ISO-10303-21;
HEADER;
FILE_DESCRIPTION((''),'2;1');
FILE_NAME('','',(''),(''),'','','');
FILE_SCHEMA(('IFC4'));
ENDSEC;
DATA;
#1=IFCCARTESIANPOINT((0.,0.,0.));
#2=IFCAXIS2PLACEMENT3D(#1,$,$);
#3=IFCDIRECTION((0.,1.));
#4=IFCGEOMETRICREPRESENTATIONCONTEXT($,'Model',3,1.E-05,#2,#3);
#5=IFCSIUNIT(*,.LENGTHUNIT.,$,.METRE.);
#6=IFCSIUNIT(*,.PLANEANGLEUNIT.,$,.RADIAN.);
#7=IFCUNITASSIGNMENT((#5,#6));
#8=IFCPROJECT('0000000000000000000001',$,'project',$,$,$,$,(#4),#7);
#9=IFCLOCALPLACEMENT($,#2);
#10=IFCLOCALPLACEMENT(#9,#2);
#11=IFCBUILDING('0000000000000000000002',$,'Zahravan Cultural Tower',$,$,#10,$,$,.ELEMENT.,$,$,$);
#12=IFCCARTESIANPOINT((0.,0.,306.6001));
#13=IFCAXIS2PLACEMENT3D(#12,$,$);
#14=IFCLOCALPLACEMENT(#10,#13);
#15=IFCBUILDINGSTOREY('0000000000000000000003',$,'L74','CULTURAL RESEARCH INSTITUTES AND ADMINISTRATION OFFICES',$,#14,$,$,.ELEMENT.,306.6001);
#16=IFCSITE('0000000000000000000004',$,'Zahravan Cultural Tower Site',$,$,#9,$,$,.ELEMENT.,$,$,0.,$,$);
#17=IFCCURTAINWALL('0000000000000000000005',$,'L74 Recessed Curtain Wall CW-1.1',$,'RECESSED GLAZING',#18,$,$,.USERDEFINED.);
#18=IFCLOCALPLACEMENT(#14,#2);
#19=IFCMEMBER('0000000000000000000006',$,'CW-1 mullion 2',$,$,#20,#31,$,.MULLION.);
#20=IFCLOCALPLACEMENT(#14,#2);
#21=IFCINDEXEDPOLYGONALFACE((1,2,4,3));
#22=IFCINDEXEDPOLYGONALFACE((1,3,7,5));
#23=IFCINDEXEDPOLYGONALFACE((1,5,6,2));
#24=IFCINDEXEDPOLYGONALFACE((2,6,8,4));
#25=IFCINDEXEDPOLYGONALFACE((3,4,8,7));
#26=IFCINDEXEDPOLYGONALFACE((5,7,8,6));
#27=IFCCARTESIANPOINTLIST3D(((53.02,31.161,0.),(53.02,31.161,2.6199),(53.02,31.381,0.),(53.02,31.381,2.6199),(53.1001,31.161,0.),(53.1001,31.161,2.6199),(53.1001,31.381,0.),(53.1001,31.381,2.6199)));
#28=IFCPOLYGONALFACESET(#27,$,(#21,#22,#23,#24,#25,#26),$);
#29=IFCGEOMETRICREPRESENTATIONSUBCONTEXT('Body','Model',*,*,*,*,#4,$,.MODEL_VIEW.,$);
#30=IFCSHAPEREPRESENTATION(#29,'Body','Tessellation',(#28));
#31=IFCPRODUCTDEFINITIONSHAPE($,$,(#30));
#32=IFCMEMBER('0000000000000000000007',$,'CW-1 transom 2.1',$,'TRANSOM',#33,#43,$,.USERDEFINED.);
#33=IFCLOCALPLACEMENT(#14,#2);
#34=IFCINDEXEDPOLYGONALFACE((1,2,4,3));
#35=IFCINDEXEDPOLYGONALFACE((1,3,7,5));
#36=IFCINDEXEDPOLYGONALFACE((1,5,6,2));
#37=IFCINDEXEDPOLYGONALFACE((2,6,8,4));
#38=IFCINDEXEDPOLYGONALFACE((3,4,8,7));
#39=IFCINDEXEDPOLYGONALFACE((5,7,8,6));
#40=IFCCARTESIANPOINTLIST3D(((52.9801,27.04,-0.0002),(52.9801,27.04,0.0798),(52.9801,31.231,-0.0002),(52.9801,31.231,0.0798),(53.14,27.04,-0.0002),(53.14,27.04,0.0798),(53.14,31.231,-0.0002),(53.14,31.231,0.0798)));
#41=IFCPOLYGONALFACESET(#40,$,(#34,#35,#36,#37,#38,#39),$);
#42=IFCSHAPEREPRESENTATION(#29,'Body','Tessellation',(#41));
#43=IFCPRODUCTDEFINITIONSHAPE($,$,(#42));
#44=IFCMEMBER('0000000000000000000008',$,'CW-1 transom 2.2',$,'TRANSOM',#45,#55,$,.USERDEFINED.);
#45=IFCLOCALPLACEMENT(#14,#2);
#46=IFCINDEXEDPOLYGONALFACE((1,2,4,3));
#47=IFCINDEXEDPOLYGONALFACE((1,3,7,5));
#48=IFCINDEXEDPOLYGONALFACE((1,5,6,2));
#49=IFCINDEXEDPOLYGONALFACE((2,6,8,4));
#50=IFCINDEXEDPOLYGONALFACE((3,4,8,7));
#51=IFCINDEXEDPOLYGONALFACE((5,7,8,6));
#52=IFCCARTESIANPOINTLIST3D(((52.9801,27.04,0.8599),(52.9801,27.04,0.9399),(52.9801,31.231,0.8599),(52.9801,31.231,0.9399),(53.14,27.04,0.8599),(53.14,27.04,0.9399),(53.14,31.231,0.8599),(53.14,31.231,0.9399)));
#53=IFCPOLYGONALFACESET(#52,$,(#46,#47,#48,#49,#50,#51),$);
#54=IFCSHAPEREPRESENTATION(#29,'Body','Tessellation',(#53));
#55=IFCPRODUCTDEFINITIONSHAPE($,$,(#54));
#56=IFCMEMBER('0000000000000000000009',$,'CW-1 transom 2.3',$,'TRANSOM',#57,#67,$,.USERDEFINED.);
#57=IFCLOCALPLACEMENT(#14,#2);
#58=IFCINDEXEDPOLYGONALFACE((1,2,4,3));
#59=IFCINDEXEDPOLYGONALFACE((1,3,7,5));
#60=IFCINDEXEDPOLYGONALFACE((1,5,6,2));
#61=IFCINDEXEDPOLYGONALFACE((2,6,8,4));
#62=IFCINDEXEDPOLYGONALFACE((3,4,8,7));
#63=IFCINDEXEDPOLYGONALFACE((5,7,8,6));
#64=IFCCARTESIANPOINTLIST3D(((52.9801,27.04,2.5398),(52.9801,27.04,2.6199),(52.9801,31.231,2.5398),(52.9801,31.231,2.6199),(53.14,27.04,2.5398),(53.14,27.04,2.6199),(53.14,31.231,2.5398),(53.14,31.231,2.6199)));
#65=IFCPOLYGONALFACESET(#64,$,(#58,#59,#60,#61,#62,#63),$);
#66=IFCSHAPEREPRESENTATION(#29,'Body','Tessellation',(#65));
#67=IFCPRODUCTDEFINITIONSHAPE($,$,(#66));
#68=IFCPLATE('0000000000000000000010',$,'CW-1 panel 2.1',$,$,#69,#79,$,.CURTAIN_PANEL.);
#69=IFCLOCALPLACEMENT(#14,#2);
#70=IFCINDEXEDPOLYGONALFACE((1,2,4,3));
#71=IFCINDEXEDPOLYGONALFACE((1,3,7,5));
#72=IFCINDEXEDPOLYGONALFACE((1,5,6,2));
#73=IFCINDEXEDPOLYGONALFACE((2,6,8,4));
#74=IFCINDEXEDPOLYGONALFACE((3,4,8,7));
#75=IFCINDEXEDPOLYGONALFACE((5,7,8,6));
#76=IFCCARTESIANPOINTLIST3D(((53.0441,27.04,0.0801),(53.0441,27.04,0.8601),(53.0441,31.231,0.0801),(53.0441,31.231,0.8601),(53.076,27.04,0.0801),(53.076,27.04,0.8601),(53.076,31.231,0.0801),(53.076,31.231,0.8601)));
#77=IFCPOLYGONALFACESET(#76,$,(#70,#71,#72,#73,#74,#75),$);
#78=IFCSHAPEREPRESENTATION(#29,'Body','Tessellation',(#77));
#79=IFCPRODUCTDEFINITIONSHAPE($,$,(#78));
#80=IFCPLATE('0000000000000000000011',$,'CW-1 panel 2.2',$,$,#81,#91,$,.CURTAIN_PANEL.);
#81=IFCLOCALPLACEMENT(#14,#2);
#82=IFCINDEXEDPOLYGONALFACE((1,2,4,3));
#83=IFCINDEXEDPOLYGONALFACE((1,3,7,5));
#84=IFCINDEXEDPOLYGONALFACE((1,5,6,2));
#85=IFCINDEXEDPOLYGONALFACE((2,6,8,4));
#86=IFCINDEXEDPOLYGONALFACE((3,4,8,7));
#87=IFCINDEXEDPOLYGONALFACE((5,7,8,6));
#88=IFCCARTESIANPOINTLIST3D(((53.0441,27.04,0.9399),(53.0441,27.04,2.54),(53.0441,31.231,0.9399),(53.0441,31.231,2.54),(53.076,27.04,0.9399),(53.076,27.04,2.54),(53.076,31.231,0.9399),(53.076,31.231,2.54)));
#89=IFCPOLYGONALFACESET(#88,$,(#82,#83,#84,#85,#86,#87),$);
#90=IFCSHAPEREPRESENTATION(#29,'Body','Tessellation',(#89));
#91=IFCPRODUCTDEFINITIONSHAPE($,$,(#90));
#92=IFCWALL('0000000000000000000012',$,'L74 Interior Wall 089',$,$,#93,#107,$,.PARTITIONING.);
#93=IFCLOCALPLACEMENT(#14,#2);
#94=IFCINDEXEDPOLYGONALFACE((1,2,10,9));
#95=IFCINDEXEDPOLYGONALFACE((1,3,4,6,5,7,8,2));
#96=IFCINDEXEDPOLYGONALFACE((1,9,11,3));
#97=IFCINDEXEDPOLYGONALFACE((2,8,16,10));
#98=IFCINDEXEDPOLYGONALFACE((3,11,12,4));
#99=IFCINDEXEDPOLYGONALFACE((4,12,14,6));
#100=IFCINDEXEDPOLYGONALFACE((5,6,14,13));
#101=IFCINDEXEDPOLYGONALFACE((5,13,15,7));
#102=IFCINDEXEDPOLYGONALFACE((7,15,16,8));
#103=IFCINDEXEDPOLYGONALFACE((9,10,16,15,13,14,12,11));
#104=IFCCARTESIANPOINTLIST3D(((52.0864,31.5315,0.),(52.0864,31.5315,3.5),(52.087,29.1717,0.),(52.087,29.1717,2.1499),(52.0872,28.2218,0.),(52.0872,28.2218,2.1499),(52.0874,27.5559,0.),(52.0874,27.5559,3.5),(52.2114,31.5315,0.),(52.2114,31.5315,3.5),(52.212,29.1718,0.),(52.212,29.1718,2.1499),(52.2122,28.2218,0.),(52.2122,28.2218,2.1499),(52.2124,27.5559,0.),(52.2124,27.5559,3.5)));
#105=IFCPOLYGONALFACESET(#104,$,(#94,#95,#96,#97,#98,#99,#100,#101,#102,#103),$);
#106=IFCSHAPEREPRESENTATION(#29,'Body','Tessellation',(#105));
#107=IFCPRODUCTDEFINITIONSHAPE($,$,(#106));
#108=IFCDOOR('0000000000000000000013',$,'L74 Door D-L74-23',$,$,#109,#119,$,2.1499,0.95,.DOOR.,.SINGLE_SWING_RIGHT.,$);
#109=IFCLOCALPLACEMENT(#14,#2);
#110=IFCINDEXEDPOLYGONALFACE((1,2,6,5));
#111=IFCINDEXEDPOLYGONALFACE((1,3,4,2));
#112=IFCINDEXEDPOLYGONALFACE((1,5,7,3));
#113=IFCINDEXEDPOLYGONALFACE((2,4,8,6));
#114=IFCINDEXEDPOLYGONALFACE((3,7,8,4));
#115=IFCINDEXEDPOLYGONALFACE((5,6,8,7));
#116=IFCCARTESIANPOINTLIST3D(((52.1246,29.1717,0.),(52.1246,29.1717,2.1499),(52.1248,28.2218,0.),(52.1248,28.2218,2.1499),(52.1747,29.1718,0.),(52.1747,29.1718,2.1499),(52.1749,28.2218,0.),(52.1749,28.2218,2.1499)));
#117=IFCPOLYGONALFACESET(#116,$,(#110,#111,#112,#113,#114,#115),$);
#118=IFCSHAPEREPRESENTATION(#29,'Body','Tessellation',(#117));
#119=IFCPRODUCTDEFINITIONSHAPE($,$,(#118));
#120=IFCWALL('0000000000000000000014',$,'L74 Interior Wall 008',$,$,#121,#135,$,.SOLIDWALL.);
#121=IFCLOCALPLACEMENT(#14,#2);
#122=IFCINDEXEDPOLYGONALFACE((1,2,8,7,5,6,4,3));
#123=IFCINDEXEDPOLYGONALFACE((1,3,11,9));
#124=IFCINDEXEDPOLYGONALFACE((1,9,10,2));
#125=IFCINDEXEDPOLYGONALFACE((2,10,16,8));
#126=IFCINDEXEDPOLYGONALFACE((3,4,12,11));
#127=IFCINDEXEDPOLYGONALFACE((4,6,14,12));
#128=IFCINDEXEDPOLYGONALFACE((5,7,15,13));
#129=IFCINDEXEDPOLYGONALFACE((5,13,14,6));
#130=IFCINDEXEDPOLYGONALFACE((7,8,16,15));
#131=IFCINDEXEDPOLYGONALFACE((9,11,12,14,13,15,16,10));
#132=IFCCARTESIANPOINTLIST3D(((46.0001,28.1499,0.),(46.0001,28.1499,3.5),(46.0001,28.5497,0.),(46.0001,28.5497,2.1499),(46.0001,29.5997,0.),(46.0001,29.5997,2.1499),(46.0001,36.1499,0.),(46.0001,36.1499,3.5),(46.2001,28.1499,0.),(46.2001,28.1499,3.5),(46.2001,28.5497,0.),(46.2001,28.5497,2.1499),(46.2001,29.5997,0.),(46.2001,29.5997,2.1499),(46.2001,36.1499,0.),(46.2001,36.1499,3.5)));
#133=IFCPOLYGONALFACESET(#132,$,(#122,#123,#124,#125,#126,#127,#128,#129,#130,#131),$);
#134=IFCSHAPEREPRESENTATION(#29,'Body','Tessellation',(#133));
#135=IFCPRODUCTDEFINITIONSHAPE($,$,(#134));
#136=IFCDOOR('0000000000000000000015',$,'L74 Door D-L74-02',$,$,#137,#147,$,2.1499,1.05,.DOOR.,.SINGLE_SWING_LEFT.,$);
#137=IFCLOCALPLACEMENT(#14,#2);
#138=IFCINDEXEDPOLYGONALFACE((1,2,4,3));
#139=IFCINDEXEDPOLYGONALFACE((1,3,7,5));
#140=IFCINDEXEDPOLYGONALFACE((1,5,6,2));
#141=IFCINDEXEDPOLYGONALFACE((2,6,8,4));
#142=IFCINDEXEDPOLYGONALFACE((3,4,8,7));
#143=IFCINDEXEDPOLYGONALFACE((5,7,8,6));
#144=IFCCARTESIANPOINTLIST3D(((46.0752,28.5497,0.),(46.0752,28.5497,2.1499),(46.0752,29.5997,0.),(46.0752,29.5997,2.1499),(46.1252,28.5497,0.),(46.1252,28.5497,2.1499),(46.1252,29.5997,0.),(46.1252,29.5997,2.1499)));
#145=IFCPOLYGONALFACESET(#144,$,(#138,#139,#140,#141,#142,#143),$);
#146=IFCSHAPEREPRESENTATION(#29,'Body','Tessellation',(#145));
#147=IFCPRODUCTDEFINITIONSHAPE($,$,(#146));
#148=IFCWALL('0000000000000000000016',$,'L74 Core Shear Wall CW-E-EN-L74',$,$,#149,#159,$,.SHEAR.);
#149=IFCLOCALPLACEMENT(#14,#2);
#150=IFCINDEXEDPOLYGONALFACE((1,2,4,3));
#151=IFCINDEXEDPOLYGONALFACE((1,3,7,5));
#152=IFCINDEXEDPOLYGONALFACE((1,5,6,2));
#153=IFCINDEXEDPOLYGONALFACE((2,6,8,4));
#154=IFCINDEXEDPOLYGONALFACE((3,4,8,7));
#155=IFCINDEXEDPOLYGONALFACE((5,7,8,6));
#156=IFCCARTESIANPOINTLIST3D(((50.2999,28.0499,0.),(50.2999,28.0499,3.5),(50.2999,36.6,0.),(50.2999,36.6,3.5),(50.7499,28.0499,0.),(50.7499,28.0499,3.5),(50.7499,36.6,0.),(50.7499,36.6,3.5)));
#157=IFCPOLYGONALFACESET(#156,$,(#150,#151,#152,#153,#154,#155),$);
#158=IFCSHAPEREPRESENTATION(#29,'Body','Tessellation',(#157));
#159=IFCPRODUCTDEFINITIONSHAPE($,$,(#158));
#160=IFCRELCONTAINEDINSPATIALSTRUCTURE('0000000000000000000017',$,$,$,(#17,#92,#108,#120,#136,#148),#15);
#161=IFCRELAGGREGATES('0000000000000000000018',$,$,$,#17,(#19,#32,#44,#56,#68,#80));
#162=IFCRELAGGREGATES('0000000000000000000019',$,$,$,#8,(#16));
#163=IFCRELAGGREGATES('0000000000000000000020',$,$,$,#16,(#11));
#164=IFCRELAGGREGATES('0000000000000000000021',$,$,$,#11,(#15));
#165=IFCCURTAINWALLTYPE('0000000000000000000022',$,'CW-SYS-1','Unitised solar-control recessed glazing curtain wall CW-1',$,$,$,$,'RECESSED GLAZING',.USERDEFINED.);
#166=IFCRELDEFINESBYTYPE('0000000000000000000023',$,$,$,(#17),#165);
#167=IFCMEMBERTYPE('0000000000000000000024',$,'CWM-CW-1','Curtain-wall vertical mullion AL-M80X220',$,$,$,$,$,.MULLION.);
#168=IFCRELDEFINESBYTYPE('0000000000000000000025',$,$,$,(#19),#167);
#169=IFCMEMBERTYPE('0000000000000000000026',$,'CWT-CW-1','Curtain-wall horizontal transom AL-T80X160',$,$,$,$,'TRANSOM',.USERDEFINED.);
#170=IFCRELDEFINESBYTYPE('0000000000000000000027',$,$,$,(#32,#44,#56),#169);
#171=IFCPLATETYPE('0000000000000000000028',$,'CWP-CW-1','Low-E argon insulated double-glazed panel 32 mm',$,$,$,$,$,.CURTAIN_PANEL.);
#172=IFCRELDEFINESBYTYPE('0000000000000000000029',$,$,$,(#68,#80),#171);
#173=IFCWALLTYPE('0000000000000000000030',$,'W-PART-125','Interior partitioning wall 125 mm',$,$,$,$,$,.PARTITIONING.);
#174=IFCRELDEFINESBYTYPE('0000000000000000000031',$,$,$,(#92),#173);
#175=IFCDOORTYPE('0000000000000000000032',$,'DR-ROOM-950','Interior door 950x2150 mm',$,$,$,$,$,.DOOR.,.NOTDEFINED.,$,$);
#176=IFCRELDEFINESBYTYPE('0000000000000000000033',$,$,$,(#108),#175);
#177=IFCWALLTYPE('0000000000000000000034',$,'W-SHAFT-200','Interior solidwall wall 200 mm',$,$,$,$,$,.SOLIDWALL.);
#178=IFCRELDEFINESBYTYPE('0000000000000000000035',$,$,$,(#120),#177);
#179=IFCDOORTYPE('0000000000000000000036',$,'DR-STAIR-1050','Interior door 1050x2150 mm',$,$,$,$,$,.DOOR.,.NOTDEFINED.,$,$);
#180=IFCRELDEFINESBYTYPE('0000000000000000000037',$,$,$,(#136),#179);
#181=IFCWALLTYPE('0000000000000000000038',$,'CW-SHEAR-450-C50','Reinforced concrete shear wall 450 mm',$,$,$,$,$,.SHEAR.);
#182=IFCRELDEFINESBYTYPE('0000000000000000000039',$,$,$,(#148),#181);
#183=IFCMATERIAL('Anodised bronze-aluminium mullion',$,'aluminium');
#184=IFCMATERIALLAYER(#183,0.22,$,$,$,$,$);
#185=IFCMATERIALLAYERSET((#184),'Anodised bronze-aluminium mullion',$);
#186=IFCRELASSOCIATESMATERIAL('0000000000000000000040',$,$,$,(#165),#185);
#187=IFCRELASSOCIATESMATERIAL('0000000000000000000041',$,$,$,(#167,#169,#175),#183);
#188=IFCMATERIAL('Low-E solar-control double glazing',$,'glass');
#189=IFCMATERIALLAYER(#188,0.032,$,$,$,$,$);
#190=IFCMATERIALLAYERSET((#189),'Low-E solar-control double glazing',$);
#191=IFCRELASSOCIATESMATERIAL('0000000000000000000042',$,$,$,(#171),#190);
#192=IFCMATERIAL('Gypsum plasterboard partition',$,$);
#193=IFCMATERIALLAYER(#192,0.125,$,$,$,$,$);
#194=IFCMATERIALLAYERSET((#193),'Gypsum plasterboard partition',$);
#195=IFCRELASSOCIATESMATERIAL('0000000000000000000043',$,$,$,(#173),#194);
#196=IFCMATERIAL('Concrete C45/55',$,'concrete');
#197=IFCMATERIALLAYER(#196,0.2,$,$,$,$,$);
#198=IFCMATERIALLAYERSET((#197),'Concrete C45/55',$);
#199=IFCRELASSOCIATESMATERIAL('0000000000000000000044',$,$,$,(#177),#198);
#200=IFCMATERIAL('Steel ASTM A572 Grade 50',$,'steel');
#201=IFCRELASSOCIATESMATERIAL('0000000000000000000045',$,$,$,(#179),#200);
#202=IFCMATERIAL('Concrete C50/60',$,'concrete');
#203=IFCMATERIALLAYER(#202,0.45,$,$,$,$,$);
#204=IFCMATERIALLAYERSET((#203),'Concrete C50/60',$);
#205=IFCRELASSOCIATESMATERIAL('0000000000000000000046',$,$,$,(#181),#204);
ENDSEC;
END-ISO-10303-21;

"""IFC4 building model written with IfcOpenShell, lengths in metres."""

from ifc_helpers import new_model, si_unit, direction, frame, frame_2d, origin, origin_2d, place, context, subcontext, project, spatial, rectangle, extrude, source, transform, mapped, material, layer, layer_set, material_profile, profile_set, type_object, element, fill, aggregate, save


model = new_model("IFC4")

# Units and contexts
model_context = context("Model", 3, precision=1e-05, world=origin(), true_north=direction((0.0, 1.0)))
body_context = subcontext(model_context, "Body", "Model", "MODEL_VIEW")
ifc_project = project(units=[si_unit("LENGTHUNIT", "METRE"), si_unit("PLANEANGLEUNIT", "RADIAN")], contexts=[model_context])

# Site, building, storey
site_placement = place(None, origin())
site = spatial("IfcSite", under=ifc_project, at=site_placement, Name="Zahravan Cultural Tower Site", CompositionType="ELEMENT", RefElevation=0.0)
building_placement = place(site_placement, origin())
building = spatial("IfcBuilding", under=site, at=building_placement, Name="Zahravan Cultural Tower", CompositionType="ELEMENT")
storey_placement = place(building_placement, frame((0.0, 0.0, 306.6001)))
storey = spatial("IfcBuildingStorey", under=building, at=storey_placement, Name="L74", Description="CULTURAL RESEARCH INSTITUTES AND ADMINISTRATION OFFICES", CompositionType="ELEMENT", Elevation=306.6001)

# Curtain wall, members, plates
ifc_material_1 = material(Name="Anodised bronze-aluminium mullion", Category="aluminium")
ifc_layer_1 = layer(ifc_material_1, 0.22)
ifc_layer_set_1 = layer_set([ifc_layer_1], Name="Anodised bronze-aluminium mullion")
curtain_wall_type = type_object("IfcCurtainWallType", Name="CW-SYS-1", Description="Unitised solar-control recessed glazing curtain wall CW-1", ElementType="RECESSED GLAZING", PredefinedType="USERDEFINED", material=ifc_layer_set_1)
curtain_wall_placement = place(storey_placement, origin())
curtain_wall = element("IfcCurtainWall", 1, at=curtain_wall_placement, inside=storey, type_object=curtain_wall_type, Name="L74 Recessed Curtain Wall CW-1.1", ObjectType="RECESSED GLAZING", PredefinedType="USERDEFINED")
ifc_material_profile_1 = material_profile(ifc_material_1, rectangle(XDim=0.0801, YDim=0.22, at=origin_2d()), Name="AL-M80X220")
ifc_profile_set_1 = profile_set([ifc_material_profile_1], Name="Anodised bronze-aluminium mullion")
member_type_1 = type_object("IfcMemberType", Name="CWM-CW-1", Description="Curtain-wall vertical mullion AL-M80X220", PredefinedType="MULLION", material=ifc_profile_set_1)
shared_shape_1 = source(origin(), body_context, "Body", "SweptSolid", [
    extrude(rectangle(XDim=0.0801, YDim=0.22, at=origin_2d()), origin(), (0.0, 0.0, 1.0), 2.6199),
])
member_1_placement = place(storey_placement, frame((53.0601, 31.271, 0.0), z_axis=(0.0, 0.0, 1.0), x_axis=(1.0, 0.0, 0.0)))
member_1 = element("IfcMember", 2, at=member_1_placement, type_object=member_type_1, Name="CW-1 mullion 2", PredefinedType="MULLION", context=body_context, shape_type="MappedRepresentation", body=[
    mapped(shared_shape_1, transform((0.0, 0.0, 0.0), x_axis=(1.0, 0.0, 0.0), y_axis=(0.0, 1.0, 0.0), z_axis=(0.0, 0.0, 1.0), scale=1.0)),
])
ifc_material_profile_2 = material_profile(ifc_material_1, rectangle(XDim=0.1599, YDim=0.0801, at=origin_2d()), Name="AL-T80X160")
ifc_profile_set_2 = profile_set([ifc_material_profile_2], Name="Anodised bronze-aluminium mullion")
member_type_2 = type_object("IfcMemberType", Name="CWT-CW-1", Description="Curtain-wall horizontal transom AL-T80X160", ElementType="TRANSOM", PredefinedType="USERDEFINED", material=ifc_profile_set_2)
shared_shape_2 = source(origin(), body_context, "Body", "SweptSolid", [
    extrude(rectangle(XDim=0.1599, YDim=0.0801, at=origin_2d()), origin(), (0.0, 0.0, 1.0), 4.1909),
])
member_2_placement = place(storey_placement, frame((53.0601, 31.231, 0.0398), z_axis=(0.0, -1.0, 0.0), x_axis=(1.0, 0.0, 0.0)))
member_2 = element("IfcMember", 3, at=member_2_placement, type_object=member_type_2, Name="CW-1 transom 2.1", ObjectType="TRANSOM", PredefinedType="USERDEFINED", context=body_context, shape_type="MappedRepresentation", body=[
    mapped(shared_shape_2, transform((0.0, 0.0, 0.0), x_axis=(1.0, 0.0, 0.0), y_axis=(0.0, 1.0, 0.0), z_axis=(0.0, 0.0, 1.0), scale=1.0)),
])
member_3_placement = place(storey_placement, frame((53.0601, 31.231, 0.8999), z_axis=(0.0, -1.0, 0.0), x_axis=(1.0, 0.0, 0.0)))
member_3 = element("IfcMember", 4, at=member_3_placement, type_object=member_type_2, Name="CW-1 transom 2.2", ObjectType="TRANSOM", PredefinedType="USERDEFINED", context=body_context, shape_type="MappedRepresentation", body=[
    mapped(shared_shape_2, transform((0.0, 0.0, 0.0), x_axis=(1.0, 0.0, 0.0), y_axis=(0.0, 1.0, 0.0), z_axis=(0.0, 0.0, 1.0), scale=1.0)),
])
member_4_placement = place(storey_placement, frame((53.0601, 31.231, 2.5798), z_axis=(0.0, -1.0, 0.0), x_axis=(1.0, 0.0, 0.0)))
member_4 = element("IfcMember", 5, at=member_4_placement, type_object=member_type_2, Name="CW-1 transom 2.3", ObjectType="TRANSOM", PredefinedType="USERDEFINED", context=body_context, shape_type="MappedRepresentation", body=[
    mapped(shared_shape_2, transform((0.0, 0.0, 0.0), x_axis=(1.0, 0.0, 0.0), y_axis=(0.0, 1.0, 0.0), z_axis=(0.0, 0.0, 1.0), scale=1.0)),
])
ifc_material_2 = material(Name="Low-E solar-control double glazing", Category="glass")
ifc_layer_2 = layer(ifc_material_2, 0.032)
ifc_layer_set_2 = layer_set([ifc_layer_2], Name="Low-E solar-control double glazing")
plate_type = type_object("IfcPlateType", Name="CWP-CW-1", Description="Low-E argon insulated double-glazed panel 32 mm", PredefinedType="CURTAIN_PANEL", material=ifc_layer_set_2)
shared_shape_3 = source(origin(), body_context, "Body", "SweptSolid", [
    extrude(rectangle(XDim=4.1909, YDim=0.032, at=origin_2d()), origin(), (0.0, 0.0, 1.0), 0.78),
])
plate_1_placement = place(storey_placement, frame((53.0601, 29.1355, 0.0801), z_axis=(0.0, 0.0, 1.0), x_axis=(0.0, -1.0, 0.0)))
plate_1 = element("IfcPlate", 6, at=plate_1_placement, type_object=plate_type, Name="CW-1 panel 2.1", PredefinedType="CURTAIN_PANEL", context=body_context, shape_type="MappedRepresentation", body=[
    mapped(shared_shape_3, transform((0.0, 0.0, 0.0), x_axis=(1.0, 0.0, 0.0), y_axis=(0.0, 1.0, 0.0), z_axis=(0.0, 0.0, 1.0), scale=1.0)),
])
shared_shape_4 = source(origin(), body_context, "Body", "SweptSolid", [
    extrude(rectangle(XDim=4.1909, YDim=0.032, at=origin_2d()), origin(), (0.0, 0.0, 1.0), 1.6001),
])
plate_2_placement = place(storey_placement, frame((53.0601, 29.1355, 0.9399), z_axis=(0.0, 0.0, 1.0), x_axis=(0.0, -1.0, 0.0)))
plate_2 = element("IfcPlate", 7, at=plate_2_placement, type_object=plate_type, Name="CW-1 panel 2.2", PredefinedType="CURTAIN_PANEL", context=body_context, shape_type="MappedRepresentation", body=[
    mapped(shared_shape_4, transform((0.0, 0.0, 0.0), x_axis=(1.0, 0.0, 0.0), y_axis=(0.0, 1.0, 0.0), z_axis=(0.0, 0.0, 1.0), scale=1.0)),
])
aggregate(curtain_wall, [member_1, member_2, member_3, member_4, plate_1, plate_2])

# Walls, openings, doors
ifc_material_3 = material(Name="Gypsum plasterboard partition")
ifc_layer_3 = layer(ifc_material_3, 0.125)
ifc_layer_set_3 = layer_set([ifc_layer_3], Name="Gypsum plasterboard partition")
wall_type_1 = type_object("IfcWallType", Name="W-PART-125", Description="Interior partitioning wall 125 mm", PredefinedType="PARTITIONING", material=ifc_layer_set_3)
wall_1_placement = place(storey_placement, frame((52.1499, 27.5559, 0.0), z_axis=(0.0, 0.0, 1.0), x_axis=(-0.000246, 1.0, 0.0)))
wall_1 = element("IfcWall", 8, at=wall_1_placement, inside=storey, type_object=wall_type_1, Name="L74 Interior Wall 089", PredefinedType="PARTITIONING", context=body_context, shape_type="SweptSolid", body=[
    extrude(rectangle(XDim=3.9756, YDim=0.125, at=frame_2d((1.9878, 0.0))), origin(), (0.0, 0.0, 1.0), 3.5),
])
opening_1_placement = place(wall_1_placement, frame((0.6658, 0.0, 0.0)))
opening_1 = element("IfcOpeningElement", 9, at=opening_1_placement, cuts=wall_1, PredefinedType="OPENING", context=body_context, shape_type="SweptSolid", body=[
    extrude(rectangle(XDim=0.95, YDim=2.1499, at=frame_2d((0.4751, 1.075))), frame((0.0, 0.0725, 0.0), z_axis=(0.0, -1.0, 0.0), x_axis=(1.0, 0.0, 0.0)), (0.0, 0.0, 1.0), 0.145),
])
door_type_1 = type_object("IfcDoorType", Name="DR-ROOM-950", Description="Interior door 950x2150 mm", OperationType="NOTDEFINED", PredefinedType="DOOR", material=ifc_material_1)
shared_shape_5 = source(origin(), body_context, "Body", "SweptSolid", [
    extrude(rectangle(XDim=0.95, YDim=2.1499, at=frame_2d((0.4751, 1.075))), frame((0.0, 0.0249, 0.0), z_axis=(0.0, -1.0, 0.0), x_axis=(1.0, 0.0, 0.0)), (0.0, 0.0, 1.0), 0.05),
])
door_1_placement = place(opening_1_placement, origin())
door_1 = element("IfcDoor", 10, at=door_1_placement, inside=storey, type_object=door_type_1, Name="L74 Door D-L74-23", OperationType="SINGLE_SWING_RIGHT", OverallHeight=2.1499, OverallWidth=0.95, PredefinedType="DOOR", context=body_context, shape_type="MappedRepresentation", body=[
    mapped(shared_shape_5, transform((0.0, 0.0, 0.0), x_axis=(1.0, 0.0, 0.0), y_axis=(0.0, 1.0, 0.0), z_axis=(0.0, 0.0, 1.0), scale=1.0)),
])
fill(opening_1, door_1)
ifc_material_4 = material(Name="Concrete C45/55", Category="concrete")
ifc_layer_4 = layer(ifc_material_4, 0.2)
ifc_layer_set_4 = layer_set([ifc_layer_4], Name="Concrete C45/55")
wall_type_2 = type_object("IfcWallType", Name="W-SHAFT-200", Description="Interior solidwall wall 200 mm", PredefinedType="SOLIDWALL", material=ifc_layer_set_4)
wall_2_placement = place(storey_placement, frame((46.1001, 28.1499, 0.0), z_axis=(0.0, 0.0, 1.0), x_axis=(0.0, 1.0, 0.0)))
wall_2 = element("IfcWall", 11, at=wall_2_placement, inside=storey, type_object=wall_type_2, Name="L74 Interior Wall 008", PredefinedType="SOLIDWALL", context=body_context, shape_type="SweptSolid", body=[
    extrude(rectangle(XDim=8.0, YDim=0.2, at=frame_2d((4.0, 0.0))), origin(), (0.0, 0.0, 1.0), 3.5),
])
opening_2_placement = place(wall_2_placement, frame((0.3999, 0.0, 0.0)))
opening_2 = element("IfcOpeningElement", 12, at=opening_2_placement, cuts=wall_2, PredefinedType="OPENING", context=body_context, shape_type="SweptSolid", body=[
    extrude(rectangle(XDim=1.05, YDim=2.1499, at=frame_2d((0.5249, 1.075))), frame((0.0, 0.1099, 0.0), z_axis=(0.0, -1.0, 0.0), x_axis=(1.0, 0.0, 0.0)), (0.0, 0.0, 1.0), 0.22),
])
ifc_material_5 = material(Name="Steel ASTM A572 Grade 50", Category="steel")
door_type_2 = type_object("IfcDoorType", Name="DR-STAIR-1050", Description="Interior door 1050x2150 mm", OperationType="NOTDEFINED", PredefinedType="DOOR", material=ifc_material_5)
shared_shape_6 = source(origin(), body_context, "Body", "SweptSolid", [
    extrude(rectangle(XDim=1.05, YDim=2.1499, at=frame_2d((0.5249, 1.075))), frame((0.0, 0.0249, 0.0), z_axis=(0.0, -1.0, 0.0), x_axis=(1.0, 0.0, 0.0)), (0.0, 0.0, 1.0), 0.05),
])
door_2_placement = place(opening_2_placement, origin())
door_2 = element("IfcDoor", 13, at=door_2_placement, inside=storey, type_object=door_type_2, Name="L74 Door D-L74-02", OperationType="SINGLE_SWING_LEFT", OverallHeight=2.1499, OverallWidth=1.05, PredefinedType="DOOR", context=body_context, shape_type="MappedRepresentation", body=[
    mapped(shared_shape_6, transform((0.0, 0.0, 0.0), x_axis=(1.0, 0.0, 0.0), y_axis=(0.0, 1.0, 0.0), z_axis=(0.0, 0.0, 1.0), scale=1.0)),
])
fill(opening_2, door_2)

# Wall
ifc_material_6 = material(Name="Concrete C50/60", Category="concrete")
ifc_layer_5 = layer(ifc_material_6, 0.45)
ifc_layer_set_5 = layer_set([ifc_layer_5], Name="Concrete C50/60")
wall_type_3 = type_object("IfcWallType", Name="CW-SHEAR-450-C50", Description="Reinforced concrete shear wall 450 mm", PredefinedType="SHEAR", material=ifc_layer_set_5)
shared_shape_7 = source(origin(), body_context, "Body", "SweptSolid", [
    extrude(rectangle(XDim=8.55, YDim=0.45, at=frame_2d((4.2749, 0.0))), origin(), (0.0, 0.0, 1.0), 3.5),
])
wall_3_placement = place(storey_placement, frame((50.5249, 28.05, 0.0), z_axis=(0.0, 0.0, 1.0), x_axis=(0.0, 1.0, 0.0)))
element("IfcWall", 14, at=wall_3_placement, inside=storey, type_object=wall_type_3, Name="L74 Core Shear Wall CW-E-EN-L74", PredefinedType="SHEAR", context=body_context, shape_type="MappedRepresentation", body=[
    mapped(shared_shape_7, transform((0.0, 0.0, 0.0), x_axis=(1.0, 0.0, 0.0), y_axis=(0.0, 1.0, 0.0), z_axis=(0.0, 0.0, 1.0), scale=1.0)),
])

save(model, "model.ifc")
